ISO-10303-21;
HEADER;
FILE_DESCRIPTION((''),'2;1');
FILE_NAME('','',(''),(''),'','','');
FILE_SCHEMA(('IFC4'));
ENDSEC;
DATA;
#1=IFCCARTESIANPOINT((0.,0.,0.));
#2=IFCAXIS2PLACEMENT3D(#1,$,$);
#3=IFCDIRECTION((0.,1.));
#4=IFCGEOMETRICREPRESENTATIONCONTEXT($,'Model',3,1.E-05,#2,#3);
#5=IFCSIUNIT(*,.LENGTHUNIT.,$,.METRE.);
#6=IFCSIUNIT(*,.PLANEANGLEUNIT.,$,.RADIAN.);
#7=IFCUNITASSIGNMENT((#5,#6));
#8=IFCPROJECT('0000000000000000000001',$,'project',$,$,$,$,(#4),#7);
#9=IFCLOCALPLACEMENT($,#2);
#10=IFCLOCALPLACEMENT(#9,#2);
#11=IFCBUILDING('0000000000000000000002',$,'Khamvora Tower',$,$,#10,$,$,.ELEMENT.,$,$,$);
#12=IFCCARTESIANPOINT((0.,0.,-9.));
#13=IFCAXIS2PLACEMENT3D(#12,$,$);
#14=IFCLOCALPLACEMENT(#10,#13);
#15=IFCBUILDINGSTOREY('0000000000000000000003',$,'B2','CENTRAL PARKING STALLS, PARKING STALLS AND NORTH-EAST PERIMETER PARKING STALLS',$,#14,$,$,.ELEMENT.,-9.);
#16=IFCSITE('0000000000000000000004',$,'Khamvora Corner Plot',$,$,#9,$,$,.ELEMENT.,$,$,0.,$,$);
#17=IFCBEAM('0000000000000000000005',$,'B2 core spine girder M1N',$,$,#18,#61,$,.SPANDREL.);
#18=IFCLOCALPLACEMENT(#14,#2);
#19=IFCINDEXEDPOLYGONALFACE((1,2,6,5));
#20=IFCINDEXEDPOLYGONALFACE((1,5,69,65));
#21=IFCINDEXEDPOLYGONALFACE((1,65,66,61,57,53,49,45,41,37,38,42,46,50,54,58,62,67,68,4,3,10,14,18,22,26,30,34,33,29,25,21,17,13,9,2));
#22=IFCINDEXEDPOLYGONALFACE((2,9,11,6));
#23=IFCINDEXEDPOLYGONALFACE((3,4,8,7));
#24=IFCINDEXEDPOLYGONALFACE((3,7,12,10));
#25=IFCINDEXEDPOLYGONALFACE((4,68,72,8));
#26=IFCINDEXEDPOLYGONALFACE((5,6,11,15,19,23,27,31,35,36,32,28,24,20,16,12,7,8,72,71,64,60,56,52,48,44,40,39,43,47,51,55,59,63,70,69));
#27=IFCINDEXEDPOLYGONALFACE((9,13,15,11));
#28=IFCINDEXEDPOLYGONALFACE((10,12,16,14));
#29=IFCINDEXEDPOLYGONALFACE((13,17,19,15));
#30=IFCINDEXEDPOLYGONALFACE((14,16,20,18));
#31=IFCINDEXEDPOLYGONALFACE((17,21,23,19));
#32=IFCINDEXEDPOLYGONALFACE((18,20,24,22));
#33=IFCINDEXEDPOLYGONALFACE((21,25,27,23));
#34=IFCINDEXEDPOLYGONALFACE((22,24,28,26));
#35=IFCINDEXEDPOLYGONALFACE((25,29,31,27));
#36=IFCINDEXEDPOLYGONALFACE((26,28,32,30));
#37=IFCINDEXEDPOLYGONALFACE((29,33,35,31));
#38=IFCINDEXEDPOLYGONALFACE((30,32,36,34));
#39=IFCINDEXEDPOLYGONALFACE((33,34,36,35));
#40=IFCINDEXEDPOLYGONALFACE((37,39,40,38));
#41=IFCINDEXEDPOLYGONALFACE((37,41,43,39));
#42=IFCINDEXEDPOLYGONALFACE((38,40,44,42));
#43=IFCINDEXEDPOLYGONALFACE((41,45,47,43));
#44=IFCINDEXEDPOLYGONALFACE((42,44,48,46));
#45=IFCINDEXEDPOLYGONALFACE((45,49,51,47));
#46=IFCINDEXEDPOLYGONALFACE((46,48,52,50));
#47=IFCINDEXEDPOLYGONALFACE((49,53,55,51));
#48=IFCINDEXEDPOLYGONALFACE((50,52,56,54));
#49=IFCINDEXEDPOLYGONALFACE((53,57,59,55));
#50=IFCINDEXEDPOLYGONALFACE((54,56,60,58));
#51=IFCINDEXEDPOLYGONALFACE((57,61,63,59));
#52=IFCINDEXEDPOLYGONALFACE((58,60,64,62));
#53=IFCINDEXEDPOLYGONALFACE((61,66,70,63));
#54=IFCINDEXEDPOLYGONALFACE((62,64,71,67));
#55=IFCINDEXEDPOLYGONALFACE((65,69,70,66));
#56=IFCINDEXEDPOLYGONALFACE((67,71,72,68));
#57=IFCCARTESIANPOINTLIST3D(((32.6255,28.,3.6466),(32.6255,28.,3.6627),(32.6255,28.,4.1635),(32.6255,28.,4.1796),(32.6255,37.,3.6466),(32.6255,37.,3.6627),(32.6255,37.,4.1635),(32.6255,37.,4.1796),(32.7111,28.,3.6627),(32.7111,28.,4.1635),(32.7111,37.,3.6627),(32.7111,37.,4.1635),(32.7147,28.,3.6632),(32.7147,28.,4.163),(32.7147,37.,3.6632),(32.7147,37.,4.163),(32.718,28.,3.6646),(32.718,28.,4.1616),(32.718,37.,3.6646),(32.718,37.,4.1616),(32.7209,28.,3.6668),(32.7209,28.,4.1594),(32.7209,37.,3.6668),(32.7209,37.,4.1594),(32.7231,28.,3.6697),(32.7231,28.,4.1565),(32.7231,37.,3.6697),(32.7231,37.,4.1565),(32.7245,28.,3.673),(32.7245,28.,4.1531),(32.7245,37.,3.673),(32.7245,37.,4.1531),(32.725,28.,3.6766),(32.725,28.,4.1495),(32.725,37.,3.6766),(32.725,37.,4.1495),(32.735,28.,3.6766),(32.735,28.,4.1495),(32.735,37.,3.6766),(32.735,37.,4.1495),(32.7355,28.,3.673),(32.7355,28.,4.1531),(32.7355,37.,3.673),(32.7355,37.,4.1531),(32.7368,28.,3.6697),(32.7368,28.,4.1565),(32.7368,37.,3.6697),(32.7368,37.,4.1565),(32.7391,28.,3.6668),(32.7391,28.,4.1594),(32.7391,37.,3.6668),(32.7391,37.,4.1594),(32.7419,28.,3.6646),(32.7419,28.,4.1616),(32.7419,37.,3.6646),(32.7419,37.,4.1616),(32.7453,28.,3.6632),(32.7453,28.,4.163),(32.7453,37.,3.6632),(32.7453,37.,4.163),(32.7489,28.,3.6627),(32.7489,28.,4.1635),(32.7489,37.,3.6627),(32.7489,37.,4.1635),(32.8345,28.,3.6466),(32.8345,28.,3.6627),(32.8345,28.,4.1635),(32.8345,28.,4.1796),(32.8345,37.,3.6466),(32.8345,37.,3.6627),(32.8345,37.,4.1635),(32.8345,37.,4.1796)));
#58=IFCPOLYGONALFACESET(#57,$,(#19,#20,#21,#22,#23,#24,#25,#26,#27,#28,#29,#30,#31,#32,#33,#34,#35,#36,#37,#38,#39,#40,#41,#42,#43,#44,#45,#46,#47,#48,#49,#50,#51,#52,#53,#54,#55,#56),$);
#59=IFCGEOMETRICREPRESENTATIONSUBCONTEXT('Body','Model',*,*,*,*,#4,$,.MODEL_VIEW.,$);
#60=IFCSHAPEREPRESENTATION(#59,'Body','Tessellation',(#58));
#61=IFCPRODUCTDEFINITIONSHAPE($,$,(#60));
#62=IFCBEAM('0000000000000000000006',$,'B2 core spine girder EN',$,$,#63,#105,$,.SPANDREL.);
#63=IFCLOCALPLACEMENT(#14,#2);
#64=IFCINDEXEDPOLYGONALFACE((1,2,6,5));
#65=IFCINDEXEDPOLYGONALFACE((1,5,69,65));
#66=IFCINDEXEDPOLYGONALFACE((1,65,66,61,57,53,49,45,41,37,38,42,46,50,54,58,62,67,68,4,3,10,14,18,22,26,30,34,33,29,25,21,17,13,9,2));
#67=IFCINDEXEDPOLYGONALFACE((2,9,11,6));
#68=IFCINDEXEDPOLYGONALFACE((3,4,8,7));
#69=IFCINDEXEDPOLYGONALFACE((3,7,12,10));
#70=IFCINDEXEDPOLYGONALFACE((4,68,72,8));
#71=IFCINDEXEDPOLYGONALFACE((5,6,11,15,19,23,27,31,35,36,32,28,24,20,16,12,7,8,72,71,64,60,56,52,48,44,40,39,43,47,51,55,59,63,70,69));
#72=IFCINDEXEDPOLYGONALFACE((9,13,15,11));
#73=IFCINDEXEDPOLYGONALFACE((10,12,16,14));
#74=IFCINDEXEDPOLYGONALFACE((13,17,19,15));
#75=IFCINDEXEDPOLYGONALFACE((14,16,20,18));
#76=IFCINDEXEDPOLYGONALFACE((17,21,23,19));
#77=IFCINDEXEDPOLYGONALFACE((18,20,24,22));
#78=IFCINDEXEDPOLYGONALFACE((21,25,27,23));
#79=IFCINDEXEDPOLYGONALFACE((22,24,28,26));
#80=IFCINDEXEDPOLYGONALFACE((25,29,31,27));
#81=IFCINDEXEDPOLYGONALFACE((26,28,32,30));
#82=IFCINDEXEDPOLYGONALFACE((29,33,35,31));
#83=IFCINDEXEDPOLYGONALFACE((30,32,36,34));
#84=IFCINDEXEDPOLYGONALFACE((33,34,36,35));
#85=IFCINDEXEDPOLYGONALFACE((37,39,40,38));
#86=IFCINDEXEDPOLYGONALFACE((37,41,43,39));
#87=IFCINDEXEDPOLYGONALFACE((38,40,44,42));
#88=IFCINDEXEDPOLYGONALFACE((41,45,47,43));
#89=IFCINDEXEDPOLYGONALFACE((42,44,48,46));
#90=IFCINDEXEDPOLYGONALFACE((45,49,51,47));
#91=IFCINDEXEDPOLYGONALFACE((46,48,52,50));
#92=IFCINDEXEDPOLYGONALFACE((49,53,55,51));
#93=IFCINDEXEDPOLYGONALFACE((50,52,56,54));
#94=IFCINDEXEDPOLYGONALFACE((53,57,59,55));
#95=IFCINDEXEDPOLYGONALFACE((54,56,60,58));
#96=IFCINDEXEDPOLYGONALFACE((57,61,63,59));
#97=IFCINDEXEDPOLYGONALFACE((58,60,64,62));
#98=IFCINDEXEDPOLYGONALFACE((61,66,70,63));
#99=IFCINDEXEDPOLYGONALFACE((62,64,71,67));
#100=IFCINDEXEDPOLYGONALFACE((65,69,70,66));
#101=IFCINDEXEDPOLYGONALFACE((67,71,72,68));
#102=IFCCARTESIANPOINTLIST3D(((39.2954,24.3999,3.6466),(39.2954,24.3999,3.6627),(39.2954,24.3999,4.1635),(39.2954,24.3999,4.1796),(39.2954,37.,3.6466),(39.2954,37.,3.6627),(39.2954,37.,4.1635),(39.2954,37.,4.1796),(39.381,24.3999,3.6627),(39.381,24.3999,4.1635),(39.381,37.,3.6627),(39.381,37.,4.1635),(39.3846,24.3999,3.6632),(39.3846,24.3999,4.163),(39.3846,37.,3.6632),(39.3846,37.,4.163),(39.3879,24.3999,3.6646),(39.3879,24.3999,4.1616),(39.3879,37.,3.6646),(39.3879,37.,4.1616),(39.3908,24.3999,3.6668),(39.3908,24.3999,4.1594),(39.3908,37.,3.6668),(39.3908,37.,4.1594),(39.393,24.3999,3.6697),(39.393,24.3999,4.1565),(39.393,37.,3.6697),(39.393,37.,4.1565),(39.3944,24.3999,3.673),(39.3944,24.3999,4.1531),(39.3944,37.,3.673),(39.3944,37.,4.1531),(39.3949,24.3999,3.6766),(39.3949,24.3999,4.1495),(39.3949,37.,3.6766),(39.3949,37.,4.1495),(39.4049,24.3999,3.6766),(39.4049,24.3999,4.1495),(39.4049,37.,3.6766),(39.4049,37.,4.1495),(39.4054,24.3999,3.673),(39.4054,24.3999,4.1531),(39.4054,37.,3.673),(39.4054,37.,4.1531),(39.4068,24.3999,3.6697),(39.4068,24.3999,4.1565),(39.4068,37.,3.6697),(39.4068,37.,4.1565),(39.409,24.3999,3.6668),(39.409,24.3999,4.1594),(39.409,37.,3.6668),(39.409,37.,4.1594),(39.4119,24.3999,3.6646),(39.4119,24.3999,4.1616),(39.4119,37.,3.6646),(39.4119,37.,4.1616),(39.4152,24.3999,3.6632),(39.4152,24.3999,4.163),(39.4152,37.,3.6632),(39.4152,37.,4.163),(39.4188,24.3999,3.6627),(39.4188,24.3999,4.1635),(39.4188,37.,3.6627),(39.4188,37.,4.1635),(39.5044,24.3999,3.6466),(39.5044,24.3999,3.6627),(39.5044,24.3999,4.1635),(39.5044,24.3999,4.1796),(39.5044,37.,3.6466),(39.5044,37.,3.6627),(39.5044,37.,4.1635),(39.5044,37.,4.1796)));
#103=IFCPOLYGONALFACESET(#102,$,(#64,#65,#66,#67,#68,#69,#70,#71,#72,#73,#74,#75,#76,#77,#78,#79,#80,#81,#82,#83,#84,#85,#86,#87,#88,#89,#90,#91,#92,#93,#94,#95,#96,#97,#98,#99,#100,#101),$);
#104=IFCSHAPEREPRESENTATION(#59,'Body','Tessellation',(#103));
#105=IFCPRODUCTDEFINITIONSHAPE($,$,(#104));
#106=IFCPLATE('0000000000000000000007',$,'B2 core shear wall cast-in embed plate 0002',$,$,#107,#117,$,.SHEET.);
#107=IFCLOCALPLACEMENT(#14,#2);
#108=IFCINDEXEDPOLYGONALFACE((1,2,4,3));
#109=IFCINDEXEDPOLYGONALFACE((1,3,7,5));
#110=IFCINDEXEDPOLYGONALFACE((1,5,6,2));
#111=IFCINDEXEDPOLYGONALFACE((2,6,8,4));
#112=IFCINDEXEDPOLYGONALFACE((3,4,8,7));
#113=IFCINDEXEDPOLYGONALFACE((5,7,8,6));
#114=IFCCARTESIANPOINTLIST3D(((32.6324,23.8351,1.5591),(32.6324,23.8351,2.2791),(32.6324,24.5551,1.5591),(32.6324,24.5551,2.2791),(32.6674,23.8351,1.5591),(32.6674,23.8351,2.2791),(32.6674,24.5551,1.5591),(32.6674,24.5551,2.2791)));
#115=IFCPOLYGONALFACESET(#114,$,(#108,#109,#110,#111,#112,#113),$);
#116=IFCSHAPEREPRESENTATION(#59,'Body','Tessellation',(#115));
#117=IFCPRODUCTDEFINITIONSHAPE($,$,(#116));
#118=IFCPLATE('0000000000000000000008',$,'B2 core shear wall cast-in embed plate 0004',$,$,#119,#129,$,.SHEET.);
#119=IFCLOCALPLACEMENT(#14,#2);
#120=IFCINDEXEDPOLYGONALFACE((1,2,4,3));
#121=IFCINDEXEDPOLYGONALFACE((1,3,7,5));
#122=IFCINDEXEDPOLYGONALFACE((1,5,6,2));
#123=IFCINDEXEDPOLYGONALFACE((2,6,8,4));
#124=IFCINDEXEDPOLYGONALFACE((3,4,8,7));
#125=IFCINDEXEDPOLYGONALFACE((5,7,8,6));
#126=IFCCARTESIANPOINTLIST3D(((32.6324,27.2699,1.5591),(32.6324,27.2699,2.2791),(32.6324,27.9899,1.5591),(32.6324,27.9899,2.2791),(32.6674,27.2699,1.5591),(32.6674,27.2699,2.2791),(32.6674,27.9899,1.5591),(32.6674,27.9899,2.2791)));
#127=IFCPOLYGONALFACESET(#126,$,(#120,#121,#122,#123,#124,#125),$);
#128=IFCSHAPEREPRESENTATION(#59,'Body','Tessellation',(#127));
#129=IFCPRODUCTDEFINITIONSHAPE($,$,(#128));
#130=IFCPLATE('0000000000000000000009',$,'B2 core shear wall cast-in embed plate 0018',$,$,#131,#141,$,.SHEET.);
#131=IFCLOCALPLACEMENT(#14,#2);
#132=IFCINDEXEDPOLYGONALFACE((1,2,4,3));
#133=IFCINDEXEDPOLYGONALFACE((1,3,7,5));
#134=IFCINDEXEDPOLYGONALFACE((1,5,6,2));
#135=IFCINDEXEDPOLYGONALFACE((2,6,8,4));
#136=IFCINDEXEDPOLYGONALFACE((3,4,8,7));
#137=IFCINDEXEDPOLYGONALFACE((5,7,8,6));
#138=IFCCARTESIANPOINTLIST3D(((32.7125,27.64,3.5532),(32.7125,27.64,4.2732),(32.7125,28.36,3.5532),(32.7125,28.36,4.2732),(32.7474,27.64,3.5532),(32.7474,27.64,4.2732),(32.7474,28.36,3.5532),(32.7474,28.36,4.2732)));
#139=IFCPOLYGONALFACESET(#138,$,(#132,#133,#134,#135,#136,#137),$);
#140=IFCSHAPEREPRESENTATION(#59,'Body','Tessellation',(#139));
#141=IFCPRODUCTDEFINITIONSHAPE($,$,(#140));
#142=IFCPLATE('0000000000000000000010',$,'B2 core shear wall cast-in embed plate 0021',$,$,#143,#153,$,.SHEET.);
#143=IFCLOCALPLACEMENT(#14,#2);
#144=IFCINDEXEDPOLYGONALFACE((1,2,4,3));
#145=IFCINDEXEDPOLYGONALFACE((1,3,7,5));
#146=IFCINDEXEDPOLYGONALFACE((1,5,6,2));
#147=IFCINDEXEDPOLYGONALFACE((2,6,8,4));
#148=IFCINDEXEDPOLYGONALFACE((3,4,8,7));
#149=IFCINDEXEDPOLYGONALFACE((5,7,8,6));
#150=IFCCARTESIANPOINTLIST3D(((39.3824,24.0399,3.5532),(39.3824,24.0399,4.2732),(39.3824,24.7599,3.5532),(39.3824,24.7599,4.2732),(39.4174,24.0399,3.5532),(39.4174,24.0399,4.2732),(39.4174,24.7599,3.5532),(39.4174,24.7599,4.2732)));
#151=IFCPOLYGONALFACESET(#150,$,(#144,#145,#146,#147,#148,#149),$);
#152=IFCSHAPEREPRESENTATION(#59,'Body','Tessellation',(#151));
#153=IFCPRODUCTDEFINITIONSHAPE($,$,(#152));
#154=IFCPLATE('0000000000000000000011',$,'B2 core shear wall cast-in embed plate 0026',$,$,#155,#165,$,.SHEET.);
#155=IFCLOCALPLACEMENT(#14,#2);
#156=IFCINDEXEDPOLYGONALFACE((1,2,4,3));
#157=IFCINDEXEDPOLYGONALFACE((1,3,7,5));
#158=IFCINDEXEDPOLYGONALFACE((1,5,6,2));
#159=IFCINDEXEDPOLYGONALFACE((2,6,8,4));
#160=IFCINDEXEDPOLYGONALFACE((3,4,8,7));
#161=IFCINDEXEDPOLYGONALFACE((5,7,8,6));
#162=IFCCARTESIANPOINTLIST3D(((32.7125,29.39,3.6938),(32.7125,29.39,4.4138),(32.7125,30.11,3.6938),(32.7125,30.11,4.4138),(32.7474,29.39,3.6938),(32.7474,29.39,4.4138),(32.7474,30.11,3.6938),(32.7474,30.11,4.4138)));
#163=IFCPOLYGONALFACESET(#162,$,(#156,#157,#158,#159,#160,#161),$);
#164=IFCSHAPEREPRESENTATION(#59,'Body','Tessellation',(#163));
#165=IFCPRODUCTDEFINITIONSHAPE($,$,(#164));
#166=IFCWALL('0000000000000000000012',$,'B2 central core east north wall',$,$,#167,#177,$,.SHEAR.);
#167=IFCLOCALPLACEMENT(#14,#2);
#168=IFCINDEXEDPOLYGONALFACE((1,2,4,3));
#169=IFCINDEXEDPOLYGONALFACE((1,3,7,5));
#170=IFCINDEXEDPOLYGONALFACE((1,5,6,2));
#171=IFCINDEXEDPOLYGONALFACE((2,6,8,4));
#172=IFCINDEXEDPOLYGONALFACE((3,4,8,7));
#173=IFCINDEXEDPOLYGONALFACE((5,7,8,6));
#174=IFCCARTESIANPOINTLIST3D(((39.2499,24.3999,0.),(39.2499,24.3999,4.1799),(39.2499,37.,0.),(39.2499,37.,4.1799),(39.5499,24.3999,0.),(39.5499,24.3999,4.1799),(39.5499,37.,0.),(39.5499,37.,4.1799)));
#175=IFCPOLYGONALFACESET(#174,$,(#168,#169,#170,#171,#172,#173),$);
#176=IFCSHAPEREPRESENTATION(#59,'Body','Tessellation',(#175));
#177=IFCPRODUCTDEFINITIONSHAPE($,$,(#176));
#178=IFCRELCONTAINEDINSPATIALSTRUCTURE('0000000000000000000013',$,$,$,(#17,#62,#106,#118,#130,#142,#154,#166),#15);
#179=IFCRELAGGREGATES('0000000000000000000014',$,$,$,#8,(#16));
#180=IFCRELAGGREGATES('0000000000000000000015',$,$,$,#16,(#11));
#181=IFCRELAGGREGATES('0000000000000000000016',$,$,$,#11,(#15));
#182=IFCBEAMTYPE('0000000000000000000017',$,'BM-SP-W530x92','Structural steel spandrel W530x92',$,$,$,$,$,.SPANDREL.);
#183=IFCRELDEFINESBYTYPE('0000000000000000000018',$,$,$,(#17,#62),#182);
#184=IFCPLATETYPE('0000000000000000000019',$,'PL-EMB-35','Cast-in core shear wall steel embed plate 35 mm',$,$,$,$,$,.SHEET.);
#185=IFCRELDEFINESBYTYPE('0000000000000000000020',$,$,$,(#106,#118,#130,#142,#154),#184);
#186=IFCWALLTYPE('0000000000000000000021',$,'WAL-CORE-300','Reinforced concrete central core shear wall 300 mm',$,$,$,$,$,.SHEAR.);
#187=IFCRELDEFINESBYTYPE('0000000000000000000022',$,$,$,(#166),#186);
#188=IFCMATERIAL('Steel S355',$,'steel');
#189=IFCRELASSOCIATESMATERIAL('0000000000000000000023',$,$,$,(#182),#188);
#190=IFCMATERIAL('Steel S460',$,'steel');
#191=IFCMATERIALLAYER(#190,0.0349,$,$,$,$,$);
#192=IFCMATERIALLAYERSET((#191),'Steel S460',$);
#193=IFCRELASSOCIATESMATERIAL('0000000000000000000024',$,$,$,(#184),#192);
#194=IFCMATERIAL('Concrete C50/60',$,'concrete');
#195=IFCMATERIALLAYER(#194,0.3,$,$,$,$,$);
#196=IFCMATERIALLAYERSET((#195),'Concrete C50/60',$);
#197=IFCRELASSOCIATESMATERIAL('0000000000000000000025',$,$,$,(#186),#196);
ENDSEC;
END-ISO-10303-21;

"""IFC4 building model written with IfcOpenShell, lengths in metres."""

from ifc_helpers import new_model, si_unit, direction, frame, frame_2d, origin, origin_2d, place, context, subcontext, project, spatial, rectangle, i_section, extrude, material, layer, layer_set, material_profile, profile_set, type_object, element, save


model = new_model("IFC4")

# Units and contexts
model_context = context("Model", 3, precision=1e-05, world=origin(), true_north=direction((0.0, 1.0)))
body_context = subcontext(model_context, "Body", "Model", "MODEL_VIEW")
ifc_project = project(units=[si_unit("LENGTHUNIT", "METRE"), si_unit("PLANEANGLEUNIT", "RADIAN")], contexts=[model_context])

# Site, building, storey
site_placement = place(None, origin())
site = spatial("IfcSite", under=ifc_project, at=site_placement, Name="Khamvora Corner Plot", CompositionType="ELEMENT", RefElevation=0.0)
building_placement = place(site_placement, origin())
building = spatial("IfcBuilding", under=site, at=building_placement, Name="Khamvora Tower", CompositionType="ELEMENT")
storey_placement = place(building_placement, frame((0.0, 0.0, -9.0)))
storey = spatial("IfcBuildingStorey", under=building, at=storey_placement, Name="B2", Description="CENTRAL PARKING STALLS, PARKING STALLS AND NORTH-EAST PERIMETER PARKING STALLS", CompositionType="ELEMENT", Elevation=-9.0)

# Shared definitions
ifc_material_1 = material(Name="Steel S460", Category="steel")

# Beams
ifc_material_2 = material(Name="Steel S355", Category="steel")
ifc_material_profile_1 = material_profile(ifc_material_2, i_section(OverallWidth=0.209, OverallDepth=0.533, WebThickness=0.01, FlangeThickness=0.0161, FilletRadius=0.0139, at=origin_2d()), Name="W530x92")
ifc_profile_set_1 = profile_set([ifc_material_profile_1], Name="Steel S355")
beam_type = type_object("IfcBeamType", Name="BM-SP-W530x92", Description="Structural steel spandrel W530x92", PredefinedType="SPANDREL", material=ifc_profile_set_1)
beam_1_placement = place(storey_placement, frame((32.73, 28.0, 3.9131), z_axis=(0.0, 1.0, 0.0), x_axis=(-1.0, 0.0, 0.0)))
element("IfcBeam", 1, at=beam_1_placement, inside=storey, type_object=beam_type, Name="B2 core spine girder M1N", PredefinedType="SPANDREL", context=body_context, shape_type="SweptSolid", body=[
    extrude(i_section(OverallWidth=0.209, OverallDepth=0.533, WebThickness=0.01, FlangeThickness=0.0161, FilletRadius=0.0139, at=origin_2d()), origin(), (0.0, 0.0, 1.0), 9.0),
])
beam_2_placement = place(storey_placement, frame((39.3999, 24.3999, 3.9131), z_axis=(0.0, 1.0, 0.0), x_axis=(-1.0, 0.0, 0.0)))
element("IfcBeam", 2, at=beam_2_placement, inside=storey, type_object=beam_type, Name="B2 core spine girder EN", PredefinedType="SPANDREL", context=body_context, shape_type="SweptSolid", body=[
    extrude(i_section(OverallWidth=0.209, OverallDepth=0.533, WebThickness=0.01, FlangeThickness=0.0161, FilletRadius=0.0139, at=origin_2d()), origin(), (0.0, 0.0, 1.0), 12.6001),
])

# Plates
ifc_layer_1 = layer(ifc_material_1, 0.0349)
ifc_layer_set_1 = layer_set([ifc_layer_1], Name="Steel S460")
plate_type = type_object("IfcPlateType", Name="PL-EMB-35", Description="Cast-in core shear wall steel embed plate 35 mm", PredefinedType="SHEET", material=ifc_layer_set_1)
for number, where, z_axis, x_axis, name in (
    (3, (32.6499, 24.1951, 1.5591), (0.0, 0.0, 1.0), (1.0, 0.0, 0.0), "B2 core shear wall cast-in embed plate 0002"),
    (4, (32.6499, 27.6299, 1.5591), (0.0, 0.0, 1.0), (1.0, 0.0, 0.0), "B2 core shear wall cast-in embed plate 0004"),
    (5, (32.73, 28.0, 3.5532), (0.0, 0.0, 1.0), (1.0, 0.0, 0.0), "B2 core shear wall cast-in embed plate 0018"),
    (6, (39.3999, 24.3999, 3.5532), (0.0, 0.0, 1.0), (1.0, 0.0, 0.0), "B2 core shear wall cast-in embed plate 0021"),
    (7, (32.73, 29.75, 3.6938), (0.0, 0.0, 1.0), (1.0, 0.0, 0.0), "B2 core shear wall cast-in embed plate 0026"),
):
    element("IfcPlate", number, at=place(storey_placement, frame(where, z_axis=z_axis, x_axis=x_axis)), inside=storey, type_object=plate_type, Name=name, PredefinedType="SHEET", context=body_context, shape_type="SweptSolid", body=[
        extrude(rectangle(XDim=0.0349, YDim=0.72, at=origin_2d()), origin(), (0.0, 0.0, 1.0), 0.72),
    ])

# Wall
ifc_material_3 = material(Name="Concrete C50/60", Category="concrete")
ifc_layer_2 = layer(ifc_material_3, 0.3)
ifc_layer_set_2 = layer_set([ifc_layer_2], Name="Concrete C50/60")
wall_type_1 = type_object("IfcWallType", Name="WAL-CORE-300", Description="Reinforced concrete central core shear wall 300 mm", PredefinedType="SHEAR", material=ifc_layer_set_2)
wall_1_placement = place(storey_placement, frame((39.3999, 24.3999, 0.0), z_axis=(0.0, 0.0, 1.0), x_axis=(0.0, 1.0, 0.0)))
element("IfcWall", 8, at=wall_1_placement, inside=storey, type_object=wall_type_1, Name="B2 central core east north wall", PredefinedType="SHEAR", context=body_context, shape_type="SweptSolid", body=[
    extrude(rectangle(XDim=12.6001, YDim=0.3, at=frame_2d((6.3, 0.0))), origin(), (0.0, 0.0, 1.0), 4.1799),
])

save(model, "model.ifc")
